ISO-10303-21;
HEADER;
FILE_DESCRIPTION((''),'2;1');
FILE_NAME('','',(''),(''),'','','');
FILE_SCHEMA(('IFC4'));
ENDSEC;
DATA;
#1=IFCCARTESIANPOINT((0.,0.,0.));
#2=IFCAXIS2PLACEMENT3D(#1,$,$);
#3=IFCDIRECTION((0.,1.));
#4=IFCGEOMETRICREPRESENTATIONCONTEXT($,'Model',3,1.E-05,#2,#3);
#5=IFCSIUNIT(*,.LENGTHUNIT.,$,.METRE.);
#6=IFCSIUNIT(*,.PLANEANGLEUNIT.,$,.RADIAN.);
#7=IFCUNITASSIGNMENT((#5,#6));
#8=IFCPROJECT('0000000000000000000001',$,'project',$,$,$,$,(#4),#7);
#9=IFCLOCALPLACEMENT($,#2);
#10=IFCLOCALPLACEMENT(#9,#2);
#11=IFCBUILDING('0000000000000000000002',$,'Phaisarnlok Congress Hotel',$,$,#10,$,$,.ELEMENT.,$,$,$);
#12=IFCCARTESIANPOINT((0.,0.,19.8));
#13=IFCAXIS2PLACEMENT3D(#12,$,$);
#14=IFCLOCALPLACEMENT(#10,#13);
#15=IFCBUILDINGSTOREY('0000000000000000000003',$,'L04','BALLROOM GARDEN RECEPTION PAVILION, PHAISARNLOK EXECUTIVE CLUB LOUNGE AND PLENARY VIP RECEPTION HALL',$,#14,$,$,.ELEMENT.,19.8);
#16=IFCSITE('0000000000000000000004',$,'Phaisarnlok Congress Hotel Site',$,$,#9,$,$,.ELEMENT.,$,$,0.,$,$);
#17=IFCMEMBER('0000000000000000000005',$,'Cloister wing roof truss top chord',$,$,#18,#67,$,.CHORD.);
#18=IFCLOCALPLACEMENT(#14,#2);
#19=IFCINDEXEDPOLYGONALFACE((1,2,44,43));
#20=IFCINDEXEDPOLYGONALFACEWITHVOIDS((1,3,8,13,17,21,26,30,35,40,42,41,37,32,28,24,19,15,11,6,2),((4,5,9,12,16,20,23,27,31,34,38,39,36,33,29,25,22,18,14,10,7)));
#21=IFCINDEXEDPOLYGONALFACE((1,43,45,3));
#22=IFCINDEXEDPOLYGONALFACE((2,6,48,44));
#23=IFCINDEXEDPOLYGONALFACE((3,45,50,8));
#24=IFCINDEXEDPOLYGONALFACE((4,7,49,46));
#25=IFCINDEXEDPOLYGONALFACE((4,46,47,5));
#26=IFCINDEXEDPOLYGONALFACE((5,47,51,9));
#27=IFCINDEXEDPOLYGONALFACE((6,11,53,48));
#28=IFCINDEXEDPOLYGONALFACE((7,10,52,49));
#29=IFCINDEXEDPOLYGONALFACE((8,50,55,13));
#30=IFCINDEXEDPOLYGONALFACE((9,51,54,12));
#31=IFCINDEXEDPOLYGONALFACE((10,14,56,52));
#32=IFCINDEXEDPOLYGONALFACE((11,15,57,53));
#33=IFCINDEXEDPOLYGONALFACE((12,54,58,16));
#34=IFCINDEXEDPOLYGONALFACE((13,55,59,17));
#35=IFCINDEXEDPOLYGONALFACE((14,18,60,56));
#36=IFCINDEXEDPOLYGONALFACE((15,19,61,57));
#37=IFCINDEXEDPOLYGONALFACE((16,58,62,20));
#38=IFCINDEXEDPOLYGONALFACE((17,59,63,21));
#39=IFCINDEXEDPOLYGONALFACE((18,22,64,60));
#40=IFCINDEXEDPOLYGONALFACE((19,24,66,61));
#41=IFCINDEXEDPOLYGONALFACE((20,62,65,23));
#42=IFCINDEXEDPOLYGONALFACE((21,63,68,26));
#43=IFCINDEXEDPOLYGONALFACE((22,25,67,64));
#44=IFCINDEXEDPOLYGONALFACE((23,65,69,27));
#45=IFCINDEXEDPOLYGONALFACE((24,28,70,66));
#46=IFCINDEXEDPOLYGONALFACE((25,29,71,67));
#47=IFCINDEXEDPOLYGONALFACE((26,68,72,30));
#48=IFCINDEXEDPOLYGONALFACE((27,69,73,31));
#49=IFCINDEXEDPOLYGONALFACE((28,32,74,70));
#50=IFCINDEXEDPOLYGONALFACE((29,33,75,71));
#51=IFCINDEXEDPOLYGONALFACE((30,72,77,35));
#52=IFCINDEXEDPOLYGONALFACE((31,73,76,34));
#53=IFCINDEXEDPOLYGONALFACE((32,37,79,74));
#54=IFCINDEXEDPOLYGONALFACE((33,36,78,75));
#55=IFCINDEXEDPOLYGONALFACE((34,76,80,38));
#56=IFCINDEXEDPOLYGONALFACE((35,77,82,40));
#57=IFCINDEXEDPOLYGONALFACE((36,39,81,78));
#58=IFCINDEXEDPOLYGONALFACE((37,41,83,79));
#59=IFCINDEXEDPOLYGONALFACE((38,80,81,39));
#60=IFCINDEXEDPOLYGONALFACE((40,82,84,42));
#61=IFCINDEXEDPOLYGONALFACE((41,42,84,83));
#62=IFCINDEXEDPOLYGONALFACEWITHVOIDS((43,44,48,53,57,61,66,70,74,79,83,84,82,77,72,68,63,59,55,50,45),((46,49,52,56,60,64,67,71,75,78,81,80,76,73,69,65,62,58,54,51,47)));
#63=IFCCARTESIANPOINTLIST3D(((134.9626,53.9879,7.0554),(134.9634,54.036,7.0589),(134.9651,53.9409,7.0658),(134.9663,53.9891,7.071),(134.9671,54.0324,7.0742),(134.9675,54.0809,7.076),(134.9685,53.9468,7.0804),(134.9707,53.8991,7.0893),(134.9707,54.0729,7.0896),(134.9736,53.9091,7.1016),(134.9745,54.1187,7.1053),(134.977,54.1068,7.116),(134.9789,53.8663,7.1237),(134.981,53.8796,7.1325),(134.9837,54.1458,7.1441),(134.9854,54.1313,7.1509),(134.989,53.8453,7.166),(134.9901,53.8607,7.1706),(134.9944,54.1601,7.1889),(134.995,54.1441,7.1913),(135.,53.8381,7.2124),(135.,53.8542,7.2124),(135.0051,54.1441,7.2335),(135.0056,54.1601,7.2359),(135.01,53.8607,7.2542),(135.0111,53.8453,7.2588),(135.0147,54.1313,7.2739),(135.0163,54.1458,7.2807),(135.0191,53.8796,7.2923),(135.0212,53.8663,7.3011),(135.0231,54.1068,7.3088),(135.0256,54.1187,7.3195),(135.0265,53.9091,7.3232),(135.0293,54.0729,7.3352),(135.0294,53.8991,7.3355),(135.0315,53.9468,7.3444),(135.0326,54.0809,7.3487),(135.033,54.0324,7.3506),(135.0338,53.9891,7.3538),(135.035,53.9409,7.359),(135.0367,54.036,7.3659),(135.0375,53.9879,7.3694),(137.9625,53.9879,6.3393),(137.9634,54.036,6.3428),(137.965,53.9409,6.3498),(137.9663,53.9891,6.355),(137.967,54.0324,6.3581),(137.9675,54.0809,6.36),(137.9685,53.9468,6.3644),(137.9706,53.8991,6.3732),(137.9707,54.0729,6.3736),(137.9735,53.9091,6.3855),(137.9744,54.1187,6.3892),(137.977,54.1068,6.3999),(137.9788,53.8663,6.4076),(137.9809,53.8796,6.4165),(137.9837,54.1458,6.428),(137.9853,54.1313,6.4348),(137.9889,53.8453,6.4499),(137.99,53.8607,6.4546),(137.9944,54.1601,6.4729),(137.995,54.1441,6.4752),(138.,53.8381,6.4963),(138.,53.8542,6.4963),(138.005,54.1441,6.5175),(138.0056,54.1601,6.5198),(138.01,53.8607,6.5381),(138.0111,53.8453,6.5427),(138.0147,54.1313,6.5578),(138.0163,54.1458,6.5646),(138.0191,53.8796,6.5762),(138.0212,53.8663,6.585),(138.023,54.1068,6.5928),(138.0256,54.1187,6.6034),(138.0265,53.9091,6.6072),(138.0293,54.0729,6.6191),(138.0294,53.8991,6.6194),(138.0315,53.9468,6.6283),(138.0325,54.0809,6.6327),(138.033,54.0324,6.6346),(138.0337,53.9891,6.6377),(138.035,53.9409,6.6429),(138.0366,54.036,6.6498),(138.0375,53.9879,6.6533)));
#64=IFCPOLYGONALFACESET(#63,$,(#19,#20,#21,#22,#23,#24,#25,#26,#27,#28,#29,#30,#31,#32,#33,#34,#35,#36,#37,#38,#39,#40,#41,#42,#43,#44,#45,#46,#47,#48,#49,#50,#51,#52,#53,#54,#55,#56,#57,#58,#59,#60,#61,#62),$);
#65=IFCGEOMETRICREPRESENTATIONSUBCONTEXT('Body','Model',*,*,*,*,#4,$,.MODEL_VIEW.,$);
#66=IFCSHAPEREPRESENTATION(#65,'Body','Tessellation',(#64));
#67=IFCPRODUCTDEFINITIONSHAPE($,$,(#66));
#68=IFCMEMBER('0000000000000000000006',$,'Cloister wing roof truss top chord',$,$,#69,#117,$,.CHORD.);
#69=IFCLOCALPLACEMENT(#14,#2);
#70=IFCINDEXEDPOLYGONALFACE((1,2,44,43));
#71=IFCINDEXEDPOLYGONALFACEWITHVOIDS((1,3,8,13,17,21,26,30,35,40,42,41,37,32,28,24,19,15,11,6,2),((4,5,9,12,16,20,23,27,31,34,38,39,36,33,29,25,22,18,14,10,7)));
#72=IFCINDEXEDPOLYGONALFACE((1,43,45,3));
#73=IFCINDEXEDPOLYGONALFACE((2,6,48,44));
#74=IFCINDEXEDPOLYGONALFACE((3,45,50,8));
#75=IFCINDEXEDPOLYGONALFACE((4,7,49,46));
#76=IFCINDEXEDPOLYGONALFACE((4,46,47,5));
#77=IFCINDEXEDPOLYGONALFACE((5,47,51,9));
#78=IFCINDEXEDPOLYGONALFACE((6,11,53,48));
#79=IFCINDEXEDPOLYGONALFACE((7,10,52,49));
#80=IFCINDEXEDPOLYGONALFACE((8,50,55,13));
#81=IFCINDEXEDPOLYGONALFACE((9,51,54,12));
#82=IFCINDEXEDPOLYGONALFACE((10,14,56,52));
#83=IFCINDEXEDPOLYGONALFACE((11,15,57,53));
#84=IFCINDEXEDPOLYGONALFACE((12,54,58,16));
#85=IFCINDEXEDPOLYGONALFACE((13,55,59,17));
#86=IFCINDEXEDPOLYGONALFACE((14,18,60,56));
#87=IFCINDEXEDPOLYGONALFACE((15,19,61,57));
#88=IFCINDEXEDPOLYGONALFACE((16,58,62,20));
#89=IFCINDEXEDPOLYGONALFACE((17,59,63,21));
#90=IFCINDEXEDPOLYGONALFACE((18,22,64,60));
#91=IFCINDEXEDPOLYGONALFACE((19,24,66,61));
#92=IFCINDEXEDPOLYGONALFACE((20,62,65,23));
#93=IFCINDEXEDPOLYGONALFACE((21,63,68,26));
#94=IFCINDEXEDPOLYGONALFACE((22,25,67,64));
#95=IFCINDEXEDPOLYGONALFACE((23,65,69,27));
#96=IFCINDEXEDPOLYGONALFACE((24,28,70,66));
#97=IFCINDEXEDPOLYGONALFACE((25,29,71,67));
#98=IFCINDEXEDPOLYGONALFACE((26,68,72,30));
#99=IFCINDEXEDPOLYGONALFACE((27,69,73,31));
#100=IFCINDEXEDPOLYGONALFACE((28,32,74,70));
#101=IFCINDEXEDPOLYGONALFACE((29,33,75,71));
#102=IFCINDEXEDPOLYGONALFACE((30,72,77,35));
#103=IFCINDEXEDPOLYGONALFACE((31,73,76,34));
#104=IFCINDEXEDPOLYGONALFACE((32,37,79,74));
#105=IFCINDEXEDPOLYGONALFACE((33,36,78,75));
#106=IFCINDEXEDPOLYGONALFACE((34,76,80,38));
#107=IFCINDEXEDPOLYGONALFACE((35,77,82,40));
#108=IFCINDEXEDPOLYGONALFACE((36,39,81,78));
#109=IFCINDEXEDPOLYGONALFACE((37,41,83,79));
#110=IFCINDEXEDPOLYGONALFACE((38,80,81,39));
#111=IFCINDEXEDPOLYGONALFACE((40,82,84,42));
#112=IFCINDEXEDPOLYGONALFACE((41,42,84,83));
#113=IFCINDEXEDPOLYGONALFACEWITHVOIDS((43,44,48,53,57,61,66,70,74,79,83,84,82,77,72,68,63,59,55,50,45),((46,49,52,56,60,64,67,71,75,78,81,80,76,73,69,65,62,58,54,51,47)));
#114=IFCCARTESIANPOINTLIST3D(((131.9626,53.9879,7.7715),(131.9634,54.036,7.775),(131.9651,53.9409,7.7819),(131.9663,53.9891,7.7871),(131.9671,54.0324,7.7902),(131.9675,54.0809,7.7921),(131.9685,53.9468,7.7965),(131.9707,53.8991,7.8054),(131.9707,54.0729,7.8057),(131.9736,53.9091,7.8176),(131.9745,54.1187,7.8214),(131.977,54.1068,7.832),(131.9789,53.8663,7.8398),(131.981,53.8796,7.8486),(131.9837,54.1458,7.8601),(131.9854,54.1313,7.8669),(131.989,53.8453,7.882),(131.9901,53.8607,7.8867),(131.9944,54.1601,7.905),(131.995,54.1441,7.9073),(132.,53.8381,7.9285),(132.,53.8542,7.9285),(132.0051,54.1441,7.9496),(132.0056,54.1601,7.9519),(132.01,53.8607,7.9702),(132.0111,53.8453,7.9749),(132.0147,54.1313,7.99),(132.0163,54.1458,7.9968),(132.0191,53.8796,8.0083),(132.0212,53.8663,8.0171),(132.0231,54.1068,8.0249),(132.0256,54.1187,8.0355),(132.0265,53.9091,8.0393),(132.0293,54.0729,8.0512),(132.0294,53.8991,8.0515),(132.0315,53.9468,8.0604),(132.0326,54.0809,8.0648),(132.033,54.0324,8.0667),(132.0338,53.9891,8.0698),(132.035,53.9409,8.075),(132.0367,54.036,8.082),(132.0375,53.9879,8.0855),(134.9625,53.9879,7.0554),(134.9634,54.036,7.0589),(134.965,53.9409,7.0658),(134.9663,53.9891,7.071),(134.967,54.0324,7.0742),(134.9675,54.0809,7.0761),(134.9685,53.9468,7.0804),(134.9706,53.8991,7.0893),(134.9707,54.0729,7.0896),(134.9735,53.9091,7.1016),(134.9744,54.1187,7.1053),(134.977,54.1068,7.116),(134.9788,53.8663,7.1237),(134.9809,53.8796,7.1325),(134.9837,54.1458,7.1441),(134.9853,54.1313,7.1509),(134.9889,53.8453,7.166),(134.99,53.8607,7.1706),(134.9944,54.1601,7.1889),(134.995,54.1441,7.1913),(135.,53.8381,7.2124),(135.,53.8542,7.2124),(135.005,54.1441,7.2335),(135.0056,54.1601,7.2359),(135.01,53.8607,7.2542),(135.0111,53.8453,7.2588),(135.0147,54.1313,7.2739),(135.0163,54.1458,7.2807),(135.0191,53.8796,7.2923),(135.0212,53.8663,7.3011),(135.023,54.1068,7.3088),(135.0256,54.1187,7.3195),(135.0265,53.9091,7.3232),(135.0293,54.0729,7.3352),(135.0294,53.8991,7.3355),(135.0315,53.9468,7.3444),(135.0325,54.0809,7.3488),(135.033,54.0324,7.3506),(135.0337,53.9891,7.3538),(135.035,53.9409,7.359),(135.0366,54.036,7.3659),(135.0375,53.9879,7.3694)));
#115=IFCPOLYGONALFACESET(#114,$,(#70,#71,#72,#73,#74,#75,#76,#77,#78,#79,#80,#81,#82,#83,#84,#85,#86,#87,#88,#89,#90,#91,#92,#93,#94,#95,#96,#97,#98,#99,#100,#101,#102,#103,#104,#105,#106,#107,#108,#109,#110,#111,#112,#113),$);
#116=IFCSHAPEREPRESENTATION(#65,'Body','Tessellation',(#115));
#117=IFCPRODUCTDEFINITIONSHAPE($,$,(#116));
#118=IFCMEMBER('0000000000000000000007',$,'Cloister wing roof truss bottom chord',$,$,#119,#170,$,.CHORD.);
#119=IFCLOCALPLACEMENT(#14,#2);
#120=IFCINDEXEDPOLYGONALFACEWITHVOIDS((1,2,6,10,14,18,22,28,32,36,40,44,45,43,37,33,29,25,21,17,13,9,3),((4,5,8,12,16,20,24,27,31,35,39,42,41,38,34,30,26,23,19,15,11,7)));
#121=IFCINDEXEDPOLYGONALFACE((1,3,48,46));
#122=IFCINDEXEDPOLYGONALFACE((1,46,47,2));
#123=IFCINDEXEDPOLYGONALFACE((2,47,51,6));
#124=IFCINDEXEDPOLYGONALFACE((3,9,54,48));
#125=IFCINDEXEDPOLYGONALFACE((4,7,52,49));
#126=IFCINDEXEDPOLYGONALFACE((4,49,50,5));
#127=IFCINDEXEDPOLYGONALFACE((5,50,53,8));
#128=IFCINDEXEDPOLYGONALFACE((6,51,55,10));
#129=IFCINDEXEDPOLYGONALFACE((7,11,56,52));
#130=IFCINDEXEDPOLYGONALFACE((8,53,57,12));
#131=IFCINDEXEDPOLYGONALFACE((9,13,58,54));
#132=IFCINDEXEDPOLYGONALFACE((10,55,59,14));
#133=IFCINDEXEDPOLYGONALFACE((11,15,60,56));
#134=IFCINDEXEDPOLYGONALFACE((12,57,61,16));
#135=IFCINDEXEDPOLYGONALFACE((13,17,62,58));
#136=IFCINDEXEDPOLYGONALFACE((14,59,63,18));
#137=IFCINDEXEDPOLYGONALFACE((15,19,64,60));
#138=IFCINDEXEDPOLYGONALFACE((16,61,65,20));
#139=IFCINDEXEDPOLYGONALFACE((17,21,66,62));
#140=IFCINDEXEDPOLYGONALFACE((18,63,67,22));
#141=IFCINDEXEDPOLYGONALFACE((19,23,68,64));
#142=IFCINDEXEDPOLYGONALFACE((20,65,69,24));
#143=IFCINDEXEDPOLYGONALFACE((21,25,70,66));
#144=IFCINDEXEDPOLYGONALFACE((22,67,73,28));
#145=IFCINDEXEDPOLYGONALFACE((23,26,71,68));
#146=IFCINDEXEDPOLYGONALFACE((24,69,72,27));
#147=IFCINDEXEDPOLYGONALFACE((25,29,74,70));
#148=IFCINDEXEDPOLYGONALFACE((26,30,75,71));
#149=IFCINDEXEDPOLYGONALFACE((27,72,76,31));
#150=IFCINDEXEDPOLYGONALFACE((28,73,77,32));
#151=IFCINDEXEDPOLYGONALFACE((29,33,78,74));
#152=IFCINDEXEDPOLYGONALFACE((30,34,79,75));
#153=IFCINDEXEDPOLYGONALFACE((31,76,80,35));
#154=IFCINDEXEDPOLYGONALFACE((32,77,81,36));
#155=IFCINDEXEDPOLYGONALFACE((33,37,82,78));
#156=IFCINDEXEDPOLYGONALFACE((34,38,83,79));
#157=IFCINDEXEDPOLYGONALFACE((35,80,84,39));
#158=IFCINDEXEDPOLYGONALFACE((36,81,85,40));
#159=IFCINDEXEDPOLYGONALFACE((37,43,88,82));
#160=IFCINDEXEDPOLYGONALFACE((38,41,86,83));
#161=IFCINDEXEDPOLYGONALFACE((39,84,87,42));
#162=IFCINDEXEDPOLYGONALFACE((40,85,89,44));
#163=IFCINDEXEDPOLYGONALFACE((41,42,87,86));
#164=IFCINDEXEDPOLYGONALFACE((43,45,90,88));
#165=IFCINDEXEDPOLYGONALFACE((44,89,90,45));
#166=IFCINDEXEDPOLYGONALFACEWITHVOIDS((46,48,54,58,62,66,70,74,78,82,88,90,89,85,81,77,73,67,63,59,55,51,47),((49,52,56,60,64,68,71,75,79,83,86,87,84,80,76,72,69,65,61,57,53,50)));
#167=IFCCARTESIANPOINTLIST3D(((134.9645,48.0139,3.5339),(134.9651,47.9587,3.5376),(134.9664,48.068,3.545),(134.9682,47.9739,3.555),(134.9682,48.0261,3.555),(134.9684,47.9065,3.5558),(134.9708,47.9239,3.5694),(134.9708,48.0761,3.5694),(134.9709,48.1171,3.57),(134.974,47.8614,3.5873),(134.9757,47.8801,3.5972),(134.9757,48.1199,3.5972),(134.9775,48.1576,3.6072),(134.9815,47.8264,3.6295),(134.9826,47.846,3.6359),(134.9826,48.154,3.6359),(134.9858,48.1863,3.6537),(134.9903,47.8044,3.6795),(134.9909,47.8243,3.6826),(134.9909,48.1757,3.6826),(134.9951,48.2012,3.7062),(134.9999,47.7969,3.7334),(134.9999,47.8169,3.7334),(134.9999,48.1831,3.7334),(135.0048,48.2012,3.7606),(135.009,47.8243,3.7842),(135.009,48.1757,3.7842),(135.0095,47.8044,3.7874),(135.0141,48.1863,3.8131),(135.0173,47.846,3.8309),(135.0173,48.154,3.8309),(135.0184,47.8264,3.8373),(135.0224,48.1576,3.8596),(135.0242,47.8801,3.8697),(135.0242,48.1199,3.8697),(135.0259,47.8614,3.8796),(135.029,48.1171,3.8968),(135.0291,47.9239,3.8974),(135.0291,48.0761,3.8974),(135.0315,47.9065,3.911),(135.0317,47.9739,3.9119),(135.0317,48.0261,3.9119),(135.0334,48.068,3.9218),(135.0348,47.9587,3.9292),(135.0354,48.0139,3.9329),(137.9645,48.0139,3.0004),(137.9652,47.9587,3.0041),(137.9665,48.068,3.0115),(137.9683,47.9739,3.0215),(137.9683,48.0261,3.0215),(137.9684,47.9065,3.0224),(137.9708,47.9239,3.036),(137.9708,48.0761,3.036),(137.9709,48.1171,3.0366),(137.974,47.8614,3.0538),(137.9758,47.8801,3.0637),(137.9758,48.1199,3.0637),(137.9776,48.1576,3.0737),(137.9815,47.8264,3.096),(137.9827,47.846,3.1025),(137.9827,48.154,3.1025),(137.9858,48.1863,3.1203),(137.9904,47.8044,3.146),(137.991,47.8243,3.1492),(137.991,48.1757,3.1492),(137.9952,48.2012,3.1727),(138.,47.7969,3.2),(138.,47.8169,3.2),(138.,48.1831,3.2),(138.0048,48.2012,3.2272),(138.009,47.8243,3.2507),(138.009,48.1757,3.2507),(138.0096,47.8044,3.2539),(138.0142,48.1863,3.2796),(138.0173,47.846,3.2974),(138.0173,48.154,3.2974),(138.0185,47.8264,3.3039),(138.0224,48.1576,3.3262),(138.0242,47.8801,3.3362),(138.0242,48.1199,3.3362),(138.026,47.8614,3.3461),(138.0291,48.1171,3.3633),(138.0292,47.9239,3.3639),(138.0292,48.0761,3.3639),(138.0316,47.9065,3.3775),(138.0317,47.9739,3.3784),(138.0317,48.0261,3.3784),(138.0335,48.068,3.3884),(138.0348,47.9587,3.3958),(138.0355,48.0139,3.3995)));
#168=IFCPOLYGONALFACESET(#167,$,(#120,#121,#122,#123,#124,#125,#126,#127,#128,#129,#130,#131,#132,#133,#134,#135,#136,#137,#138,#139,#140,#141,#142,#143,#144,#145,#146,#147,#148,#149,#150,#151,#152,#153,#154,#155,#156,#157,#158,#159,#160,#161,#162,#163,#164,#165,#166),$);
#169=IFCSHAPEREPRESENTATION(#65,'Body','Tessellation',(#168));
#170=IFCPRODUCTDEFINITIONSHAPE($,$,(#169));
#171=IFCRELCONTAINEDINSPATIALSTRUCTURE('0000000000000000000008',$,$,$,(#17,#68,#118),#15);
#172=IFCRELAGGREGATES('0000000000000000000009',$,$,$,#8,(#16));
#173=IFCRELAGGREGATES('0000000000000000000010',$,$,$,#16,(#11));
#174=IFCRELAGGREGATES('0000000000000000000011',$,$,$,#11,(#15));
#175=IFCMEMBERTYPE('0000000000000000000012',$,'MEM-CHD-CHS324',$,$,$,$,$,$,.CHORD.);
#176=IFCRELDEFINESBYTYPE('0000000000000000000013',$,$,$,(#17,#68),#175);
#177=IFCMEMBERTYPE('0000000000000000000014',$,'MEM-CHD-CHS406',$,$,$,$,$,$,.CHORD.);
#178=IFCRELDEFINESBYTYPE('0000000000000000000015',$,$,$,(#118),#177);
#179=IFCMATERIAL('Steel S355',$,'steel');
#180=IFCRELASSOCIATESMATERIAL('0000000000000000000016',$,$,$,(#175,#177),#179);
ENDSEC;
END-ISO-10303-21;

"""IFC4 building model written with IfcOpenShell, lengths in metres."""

from ifc_helpers import new_model, si_unit, direction, frame, origin, origin_2d, place, context, subcontext, project, spatial, hollow_circle, extrude, material, material_profile, profile_set, type_object, element, save


model = new_model("IFC4")

# Units and contexts
model_context = context("Model", 3, precision=1e-05, world=origin(), true_north=direction((0.0, 1.0)))
body_context = subcontext(model_context, "Body", "Model", "MODEL_VIEW")
ifc_project = project(units=[si_unit("LENGTHUNIT", "METRE"), si_unit("PLANEANGLEUNIT", "RADIAN")], contexts=[model_context])

# Site, building, storey
site_placement = place(None, origin())
site = spatial("IfcSite", under=ifc_project, at=site_placement, Name="Phaisarnlok Congress Hotel Site", CompositionType="ELEMENT", RefElevation=0.0)
building_placement = place(site_placement, origin())
building = spatial("IfcBuilding", under=site, at=building_placement, Name="Phaisarnlok Congress Hotel", CompositionType="ELEMENT")
storey_placement = place(building_placement, frame((0.0, 0.0, 19.8)))
storey = spatial("IfcBuildingStorey", under=building, at=storey_placement, Name="L04", Description="BALLROOM GARDEN RECEPTION PAVILION, PHAISARNLOK EXECUTIVE CLUB LOUNGE AND PLENARY VIP RECEPTION HALL", CompositionType="ELEMENT", Elevation=19.8)

# Shared definitions
ifc_material_1 = material(Name="Steel S355", Category="steel")

# Members
ifc_material_profile_1 = material_profile(ifc_material_1, hollow_circle(Radius=0.1619, WallThickness=0.0161, at=origin_2d()), Name="CHS 323.9x16")
ifc_profile_set_1 = profile_set([ifc_material_profile_1], Name="Steel S355")
member_type_1 = type_object("IfcMemberType", Name="MEM-CHD-CHS324", PredefinedType="CHORD", material=ifc_profile_set_1)
for number, where, z_axis, x_axis, name in (
    (1, (138.0, 54.0, 6.4963), (-0.972676, 0.0, 0.232166), (0.0, -1.0, 0.0), "Cloister wing roof truss top chord"),
    (2, (135.0, 54.0, 7.2124), (-0.972676, 0.0, 0.232166), (0.0, -1.0, 0.0), "Cloister wing roof truss top chord"),
):
    element("IfcMember", number, at=place(storey_placement, frame(where, z_axis=z_axis, x_axis=x_axis)), inside=storey, type_object=member_type_1, Name=name, PredefinedType="CHORD", context=body_context, shape_type="SweptSolid", body=[
        extrude(hollow_circle(Radius=0.1619, WallThickness=0.0161, at=origin_2d()), origin(), (0.0, 0.0, 1.0), 3.0842),
    ])
ifc_material_profile_2 = material_profile(ifc_material_1, hollow_circle(Radius=0.2031, WallThickness=0.02, at=origin_2d()), Name="CHS 406.4x20")
ifc_profile_set_2 = profile_set([ifc_material_profile_2], Name="Steel S355")
member_type_2 = type_object("IfcMemberType", Name="MEM-CHD-CHS406", PredefinedType="CHORD", material=ifc_profile_set_2)
for number, where, z_axis, x_axis, name in (
    (3, (138.0, 48.0, 3.2), (-0.984556, 0.0, 0.17507), (0.0, -1.0, 0.0), "Cloister wing roof truss bottom chord"),
):
    element("IfcMember", number, at=place(storey_placement, frame(where, z_axis=z_axis, x_axis=x_axis)), inside=storey, type_object=member_type_2, Name=name, PredefinedType="CHORD", context=body_context, shape_type="SweptSolid", body=[
        extrude(hollow_circle(Radius=0.2031, WallThickness=0.02, at=origin_2d()), origin(), (0.0, 0.0, 1.0), 3.0471),
    ])

save(model, "model.ifc")
